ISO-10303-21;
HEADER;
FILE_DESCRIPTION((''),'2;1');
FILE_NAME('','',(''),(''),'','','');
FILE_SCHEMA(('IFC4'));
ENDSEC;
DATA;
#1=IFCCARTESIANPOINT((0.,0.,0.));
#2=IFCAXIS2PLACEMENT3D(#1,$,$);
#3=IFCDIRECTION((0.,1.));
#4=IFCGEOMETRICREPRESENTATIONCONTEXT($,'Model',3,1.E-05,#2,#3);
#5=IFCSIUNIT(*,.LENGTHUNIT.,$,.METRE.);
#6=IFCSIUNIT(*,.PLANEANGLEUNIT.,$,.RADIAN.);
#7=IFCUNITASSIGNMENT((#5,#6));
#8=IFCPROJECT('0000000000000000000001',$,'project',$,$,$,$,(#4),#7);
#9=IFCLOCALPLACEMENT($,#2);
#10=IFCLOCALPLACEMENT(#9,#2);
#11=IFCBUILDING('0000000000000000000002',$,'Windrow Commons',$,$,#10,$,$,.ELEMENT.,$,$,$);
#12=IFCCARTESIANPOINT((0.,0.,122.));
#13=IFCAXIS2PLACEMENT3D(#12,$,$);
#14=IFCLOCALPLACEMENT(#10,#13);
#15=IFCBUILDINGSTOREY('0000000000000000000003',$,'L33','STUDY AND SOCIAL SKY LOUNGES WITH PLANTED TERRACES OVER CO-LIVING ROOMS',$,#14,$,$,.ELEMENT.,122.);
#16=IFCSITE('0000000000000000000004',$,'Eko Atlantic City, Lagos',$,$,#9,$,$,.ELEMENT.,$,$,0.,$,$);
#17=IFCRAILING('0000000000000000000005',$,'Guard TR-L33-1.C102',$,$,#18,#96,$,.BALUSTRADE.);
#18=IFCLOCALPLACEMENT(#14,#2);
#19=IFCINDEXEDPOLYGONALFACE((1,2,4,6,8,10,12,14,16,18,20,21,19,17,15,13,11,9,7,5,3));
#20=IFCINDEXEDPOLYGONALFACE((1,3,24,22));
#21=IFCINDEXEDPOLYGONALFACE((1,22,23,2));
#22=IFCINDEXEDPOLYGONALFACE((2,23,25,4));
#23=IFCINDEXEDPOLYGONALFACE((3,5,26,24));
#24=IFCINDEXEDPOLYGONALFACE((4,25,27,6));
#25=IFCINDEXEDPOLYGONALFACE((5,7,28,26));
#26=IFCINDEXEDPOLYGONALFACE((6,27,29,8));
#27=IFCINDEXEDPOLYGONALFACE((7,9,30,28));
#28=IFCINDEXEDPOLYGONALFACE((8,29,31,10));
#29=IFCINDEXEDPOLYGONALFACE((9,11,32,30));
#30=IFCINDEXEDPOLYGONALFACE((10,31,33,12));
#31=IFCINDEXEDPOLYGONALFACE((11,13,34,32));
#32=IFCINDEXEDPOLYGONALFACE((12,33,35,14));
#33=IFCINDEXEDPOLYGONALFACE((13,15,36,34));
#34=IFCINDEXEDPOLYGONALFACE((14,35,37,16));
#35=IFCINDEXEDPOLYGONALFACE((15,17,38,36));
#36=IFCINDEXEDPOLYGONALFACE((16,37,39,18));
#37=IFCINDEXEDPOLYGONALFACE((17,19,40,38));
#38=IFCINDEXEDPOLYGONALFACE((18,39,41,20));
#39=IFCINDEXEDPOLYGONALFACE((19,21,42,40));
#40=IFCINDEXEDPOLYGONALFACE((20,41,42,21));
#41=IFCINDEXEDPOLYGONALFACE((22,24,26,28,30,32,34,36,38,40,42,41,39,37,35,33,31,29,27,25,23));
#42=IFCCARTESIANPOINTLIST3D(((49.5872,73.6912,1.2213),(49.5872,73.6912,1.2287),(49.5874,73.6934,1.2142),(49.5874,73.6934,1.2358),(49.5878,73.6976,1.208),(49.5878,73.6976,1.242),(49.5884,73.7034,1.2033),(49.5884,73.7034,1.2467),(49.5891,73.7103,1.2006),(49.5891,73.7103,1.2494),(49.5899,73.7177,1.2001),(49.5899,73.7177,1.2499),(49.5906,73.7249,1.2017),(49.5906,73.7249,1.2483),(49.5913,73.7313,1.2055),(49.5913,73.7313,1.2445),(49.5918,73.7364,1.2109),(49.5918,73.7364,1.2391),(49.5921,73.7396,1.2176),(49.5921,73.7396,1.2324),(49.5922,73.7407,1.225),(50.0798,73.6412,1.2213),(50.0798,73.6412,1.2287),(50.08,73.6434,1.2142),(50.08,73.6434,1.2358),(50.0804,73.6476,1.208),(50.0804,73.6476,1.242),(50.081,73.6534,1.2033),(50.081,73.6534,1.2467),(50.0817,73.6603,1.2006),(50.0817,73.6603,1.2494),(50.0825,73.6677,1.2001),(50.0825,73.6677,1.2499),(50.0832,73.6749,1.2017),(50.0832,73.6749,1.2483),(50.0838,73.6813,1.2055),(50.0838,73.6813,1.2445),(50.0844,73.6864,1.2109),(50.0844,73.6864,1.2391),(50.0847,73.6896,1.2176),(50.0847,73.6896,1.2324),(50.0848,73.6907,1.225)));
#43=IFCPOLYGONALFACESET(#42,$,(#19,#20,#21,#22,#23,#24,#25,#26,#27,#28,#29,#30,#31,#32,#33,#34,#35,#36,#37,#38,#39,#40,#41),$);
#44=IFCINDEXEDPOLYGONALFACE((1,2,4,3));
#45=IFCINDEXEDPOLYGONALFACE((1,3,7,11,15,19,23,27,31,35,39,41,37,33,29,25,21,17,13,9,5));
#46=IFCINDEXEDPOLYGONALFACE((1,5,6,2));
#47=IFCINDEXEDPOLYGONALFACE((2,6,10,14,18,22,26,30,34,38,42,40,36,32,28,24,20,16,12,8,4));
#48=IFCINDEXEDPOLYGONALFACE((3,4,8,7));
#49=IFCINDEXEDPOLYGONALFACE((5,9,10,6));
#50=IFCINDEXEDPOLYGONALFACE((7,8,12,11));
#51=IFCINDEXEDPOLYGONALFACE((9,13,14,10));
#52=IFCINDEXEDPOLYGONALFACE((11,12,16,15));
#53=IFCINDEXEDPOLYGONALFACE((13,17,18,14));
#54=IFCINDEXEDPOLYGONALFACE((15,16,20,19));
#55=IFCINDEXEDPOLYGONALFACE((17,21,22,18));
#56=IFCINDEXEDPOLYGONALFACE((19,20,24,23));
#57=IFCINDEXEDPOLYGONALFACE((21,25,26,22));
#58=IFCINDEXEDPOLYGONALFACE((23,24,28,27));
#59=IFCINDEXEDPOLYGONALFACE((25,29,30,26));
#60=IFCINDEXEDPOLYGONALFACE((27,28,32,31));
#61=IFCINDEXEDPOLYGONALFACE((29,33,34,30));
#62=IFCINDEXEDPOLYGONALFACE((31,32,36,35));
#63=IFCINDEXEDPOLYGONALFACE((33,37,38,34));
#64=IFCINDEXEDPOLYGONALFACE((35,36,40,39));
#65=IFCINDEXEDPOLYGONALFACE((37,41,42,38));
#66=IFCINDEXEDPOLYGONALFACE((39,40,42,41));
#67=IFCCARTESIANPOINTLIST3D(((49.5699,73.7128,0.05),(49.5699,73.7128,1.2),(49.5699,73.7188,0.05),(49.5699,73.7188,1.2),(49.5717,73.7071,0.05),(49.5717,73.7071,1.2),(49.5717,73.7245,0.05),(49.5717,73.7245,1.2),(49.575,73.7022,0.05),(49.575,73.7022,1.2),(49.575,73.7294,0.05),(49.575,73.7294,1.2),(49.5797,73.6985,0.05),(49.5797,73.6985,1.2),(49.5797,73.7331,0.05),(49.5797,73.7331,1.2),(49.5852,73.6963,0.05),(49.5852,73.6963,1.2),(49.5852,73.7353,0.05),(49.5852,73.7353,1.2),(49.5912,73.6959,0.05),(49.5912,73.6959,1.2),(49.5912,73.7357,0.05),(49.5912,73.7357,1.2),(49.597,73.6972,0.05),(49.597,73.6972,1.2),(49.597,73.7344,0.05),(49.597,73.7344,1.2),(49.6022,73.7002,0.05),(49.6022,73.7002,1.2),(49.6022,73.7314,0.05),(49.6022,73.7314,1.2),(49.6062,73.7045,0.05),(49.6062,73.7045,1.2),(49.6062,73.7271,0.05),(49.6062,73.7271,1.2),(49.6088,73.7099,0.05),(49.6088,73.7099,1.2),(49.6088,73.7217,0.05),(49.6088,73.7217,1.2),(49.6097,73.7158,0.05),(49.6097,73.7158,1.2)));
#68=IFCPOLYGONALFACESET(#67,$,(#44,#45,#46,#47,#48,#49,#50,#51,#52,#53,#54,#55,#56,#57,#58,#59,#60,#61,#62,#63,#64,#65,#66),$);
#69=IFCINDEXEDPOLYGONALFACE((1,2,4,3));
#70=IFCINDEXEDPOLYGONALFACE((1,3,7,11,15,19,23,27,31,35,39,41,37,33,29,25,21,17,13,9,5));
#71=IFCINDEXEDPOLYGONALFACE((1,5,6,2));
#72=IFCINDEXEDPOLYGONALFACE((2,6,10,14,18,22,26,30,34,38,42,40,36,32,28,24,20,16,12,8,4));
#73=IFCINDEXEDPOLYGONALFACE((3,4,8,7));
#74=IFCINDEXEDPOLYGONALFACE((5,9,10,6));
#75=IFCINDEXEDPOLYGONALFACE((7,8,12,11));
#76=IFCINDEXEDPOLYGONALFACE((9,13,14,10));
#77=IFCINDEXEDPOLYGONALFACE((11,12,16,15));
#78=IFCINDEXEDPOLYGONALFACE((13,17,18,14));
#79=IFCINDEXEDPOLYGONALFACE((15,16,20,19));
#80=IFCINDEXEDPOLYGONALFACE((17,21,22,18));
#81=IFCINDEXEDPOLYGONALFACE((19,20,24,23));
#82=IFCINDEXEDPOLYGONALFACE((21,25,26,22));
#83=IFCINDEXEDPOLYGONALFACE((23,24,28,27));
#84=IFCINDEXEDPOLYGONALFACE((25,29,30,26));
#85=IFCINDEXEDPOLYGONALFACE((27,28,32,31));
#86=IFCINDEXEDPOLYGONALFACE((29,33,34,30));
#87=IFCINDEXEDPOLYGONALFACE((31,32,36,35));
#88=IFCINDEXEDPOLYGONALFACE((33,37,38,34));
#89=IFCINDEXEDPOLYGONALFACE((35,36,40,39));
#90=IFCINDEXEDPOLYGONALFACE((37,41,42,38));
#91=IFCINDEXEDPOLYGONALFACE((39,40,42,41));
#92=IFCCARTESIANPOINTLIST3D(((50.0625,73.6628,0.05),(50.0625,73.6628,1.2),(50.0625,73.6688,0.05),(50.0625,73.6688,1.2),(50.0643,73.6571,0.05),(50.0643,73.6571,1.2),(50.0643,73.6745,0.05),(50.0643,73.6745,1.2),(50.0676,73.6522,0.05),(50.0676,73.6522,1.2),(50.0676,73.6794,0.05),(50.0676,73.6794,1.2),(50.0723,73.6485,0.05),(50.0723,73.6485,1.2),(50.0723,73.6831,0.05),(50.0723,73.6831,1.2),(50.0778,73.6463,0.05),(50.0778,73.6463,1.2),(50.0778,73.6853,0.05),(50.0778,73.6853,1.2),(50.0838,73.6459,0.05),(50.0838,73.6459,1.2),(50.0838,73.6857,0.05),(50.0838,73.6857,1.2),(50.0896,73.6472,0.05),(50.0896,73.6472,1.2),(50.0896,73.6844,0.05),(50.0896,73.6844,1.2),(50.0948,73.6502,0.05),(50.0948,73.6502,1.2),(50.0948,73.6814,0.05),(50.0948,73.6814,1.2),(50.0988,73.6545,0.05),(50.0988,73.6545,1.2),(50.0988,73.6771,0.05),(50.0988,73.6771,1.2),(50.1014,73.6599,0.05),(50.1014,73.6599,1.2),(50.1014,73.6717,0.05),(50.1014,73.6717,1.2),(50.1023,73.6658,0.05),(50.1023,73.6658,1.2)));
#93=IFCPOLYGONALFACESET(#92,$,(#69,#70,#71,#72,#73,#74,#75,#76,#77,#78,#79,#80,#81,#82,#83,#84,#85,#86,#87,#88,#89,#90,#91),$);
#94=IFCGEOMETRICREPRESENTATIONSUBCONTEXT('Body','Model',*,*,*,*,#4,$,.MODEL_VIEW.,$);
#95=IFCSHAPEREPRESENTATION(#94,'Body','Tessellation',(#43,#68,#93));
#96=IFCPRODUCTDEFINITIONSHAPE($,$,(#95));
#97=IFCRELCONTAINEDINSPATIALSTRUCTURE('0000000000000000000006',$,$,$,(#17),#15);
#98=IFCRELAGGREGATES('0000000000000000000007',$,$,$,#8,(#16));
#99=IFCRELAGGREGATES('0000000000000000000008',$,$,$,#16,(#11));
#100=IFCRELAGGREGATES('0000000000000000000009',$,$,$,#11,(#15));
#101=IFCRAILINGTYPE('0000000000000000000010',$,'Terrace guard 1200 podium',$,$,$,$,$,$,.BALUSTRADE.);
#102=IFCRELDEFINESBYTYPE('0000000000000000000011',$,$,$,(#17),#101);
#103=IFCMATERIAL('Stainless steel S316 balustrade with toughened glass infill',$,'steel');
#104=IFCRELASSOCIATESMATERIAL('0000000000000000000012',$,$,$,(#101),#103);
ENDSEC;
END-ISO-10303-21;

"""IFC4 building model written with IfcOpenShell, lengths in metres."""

from ifc_helpers import new_model, si_unit, direction, frame, origin, origin_2d, place, context, subcontext, project, spatial, circle, extrude, material, type_object, element, save


model = new_model("IFC4")

# Units and contexts
model_context = context("Model", 3, precision=1e-05, world=origin(), true_north=direction((0.0, 1.0)))
body_context = subcontext(model_context, "Body", "Model", "MODEL_VIEW")
ifc_project = project(units=[si_unit("LENGTHUNIT", "METRE"), si_unit("PLANEANGLEUNIT", "RADIAN")], contexts=[model_context])

# Site, building, storey
site_placement = place(None, origin())
site = spatial("IfcSite", under=ifc_project, at=site_placement, Name="Eko Atlantic City, Lagos", CompositionType="ELEMENT", RefElevation=0.0)
building_placement = place(site_placement, origin())
building = spatial("IfcBuilding", under=site, at=building_placement, Name="Windrow Commons", CompositionType="ELEMENT")
storey_placement = place(building_placement, frame((0.0, 0.0, 122.0)))
storey = spatial("IfcBuildingStorey", under=building, at=storey_placement, Name="L33", Description="STUDY AND SOCIAL SKY LOUNGES WITH PLANTED TERRACES OVER CO-LIVING ROOMS", CompositionType="ELEMENT", Elevation=122.0)

# Railing
ifc_material_1 = material(Name="Stainless steel S316 balustrade with toughened glass infill", Category="steel")
railing_type = type_object("IfcRailingType", Name="Terrace guard 1200 podium", PredefinedType="BALUSTRADE", material=ifc_material_1)
railing_1_placement = place(storey_placement, frame((49.5897, 73.7158, 0.05)))
element("IfcRailing", 1, at=railing_1_placement, inside=storey, type_object=railing_type, Name="Guard TR-L33-1.C102", PredefinedType="BALUSTRADE", context=body_context, shape_type="SweptSolid", body=[
    extrude(circle(Radius=0.025, at=origin_2d()), frame((0.0, 0.0, 1.175), z_axis=(0.994888, -0.100983, 0.0), x_axis=(0.100983, 0.994888, 0.0)), (0.0, 0.0, 1.0), 0.4951),
    extrude(circle(Radius=0.02, at=origin_2d()), origin(), (0.0, 0.0, 1.0), 1.15),
    extrude(circle(Radius=0.02, at=origin_2d()), frame((0.4926, -0.05, 0.0)), (0.0, 0.0, 1.0), 1.15),
])

save(model, "model.ifc")
